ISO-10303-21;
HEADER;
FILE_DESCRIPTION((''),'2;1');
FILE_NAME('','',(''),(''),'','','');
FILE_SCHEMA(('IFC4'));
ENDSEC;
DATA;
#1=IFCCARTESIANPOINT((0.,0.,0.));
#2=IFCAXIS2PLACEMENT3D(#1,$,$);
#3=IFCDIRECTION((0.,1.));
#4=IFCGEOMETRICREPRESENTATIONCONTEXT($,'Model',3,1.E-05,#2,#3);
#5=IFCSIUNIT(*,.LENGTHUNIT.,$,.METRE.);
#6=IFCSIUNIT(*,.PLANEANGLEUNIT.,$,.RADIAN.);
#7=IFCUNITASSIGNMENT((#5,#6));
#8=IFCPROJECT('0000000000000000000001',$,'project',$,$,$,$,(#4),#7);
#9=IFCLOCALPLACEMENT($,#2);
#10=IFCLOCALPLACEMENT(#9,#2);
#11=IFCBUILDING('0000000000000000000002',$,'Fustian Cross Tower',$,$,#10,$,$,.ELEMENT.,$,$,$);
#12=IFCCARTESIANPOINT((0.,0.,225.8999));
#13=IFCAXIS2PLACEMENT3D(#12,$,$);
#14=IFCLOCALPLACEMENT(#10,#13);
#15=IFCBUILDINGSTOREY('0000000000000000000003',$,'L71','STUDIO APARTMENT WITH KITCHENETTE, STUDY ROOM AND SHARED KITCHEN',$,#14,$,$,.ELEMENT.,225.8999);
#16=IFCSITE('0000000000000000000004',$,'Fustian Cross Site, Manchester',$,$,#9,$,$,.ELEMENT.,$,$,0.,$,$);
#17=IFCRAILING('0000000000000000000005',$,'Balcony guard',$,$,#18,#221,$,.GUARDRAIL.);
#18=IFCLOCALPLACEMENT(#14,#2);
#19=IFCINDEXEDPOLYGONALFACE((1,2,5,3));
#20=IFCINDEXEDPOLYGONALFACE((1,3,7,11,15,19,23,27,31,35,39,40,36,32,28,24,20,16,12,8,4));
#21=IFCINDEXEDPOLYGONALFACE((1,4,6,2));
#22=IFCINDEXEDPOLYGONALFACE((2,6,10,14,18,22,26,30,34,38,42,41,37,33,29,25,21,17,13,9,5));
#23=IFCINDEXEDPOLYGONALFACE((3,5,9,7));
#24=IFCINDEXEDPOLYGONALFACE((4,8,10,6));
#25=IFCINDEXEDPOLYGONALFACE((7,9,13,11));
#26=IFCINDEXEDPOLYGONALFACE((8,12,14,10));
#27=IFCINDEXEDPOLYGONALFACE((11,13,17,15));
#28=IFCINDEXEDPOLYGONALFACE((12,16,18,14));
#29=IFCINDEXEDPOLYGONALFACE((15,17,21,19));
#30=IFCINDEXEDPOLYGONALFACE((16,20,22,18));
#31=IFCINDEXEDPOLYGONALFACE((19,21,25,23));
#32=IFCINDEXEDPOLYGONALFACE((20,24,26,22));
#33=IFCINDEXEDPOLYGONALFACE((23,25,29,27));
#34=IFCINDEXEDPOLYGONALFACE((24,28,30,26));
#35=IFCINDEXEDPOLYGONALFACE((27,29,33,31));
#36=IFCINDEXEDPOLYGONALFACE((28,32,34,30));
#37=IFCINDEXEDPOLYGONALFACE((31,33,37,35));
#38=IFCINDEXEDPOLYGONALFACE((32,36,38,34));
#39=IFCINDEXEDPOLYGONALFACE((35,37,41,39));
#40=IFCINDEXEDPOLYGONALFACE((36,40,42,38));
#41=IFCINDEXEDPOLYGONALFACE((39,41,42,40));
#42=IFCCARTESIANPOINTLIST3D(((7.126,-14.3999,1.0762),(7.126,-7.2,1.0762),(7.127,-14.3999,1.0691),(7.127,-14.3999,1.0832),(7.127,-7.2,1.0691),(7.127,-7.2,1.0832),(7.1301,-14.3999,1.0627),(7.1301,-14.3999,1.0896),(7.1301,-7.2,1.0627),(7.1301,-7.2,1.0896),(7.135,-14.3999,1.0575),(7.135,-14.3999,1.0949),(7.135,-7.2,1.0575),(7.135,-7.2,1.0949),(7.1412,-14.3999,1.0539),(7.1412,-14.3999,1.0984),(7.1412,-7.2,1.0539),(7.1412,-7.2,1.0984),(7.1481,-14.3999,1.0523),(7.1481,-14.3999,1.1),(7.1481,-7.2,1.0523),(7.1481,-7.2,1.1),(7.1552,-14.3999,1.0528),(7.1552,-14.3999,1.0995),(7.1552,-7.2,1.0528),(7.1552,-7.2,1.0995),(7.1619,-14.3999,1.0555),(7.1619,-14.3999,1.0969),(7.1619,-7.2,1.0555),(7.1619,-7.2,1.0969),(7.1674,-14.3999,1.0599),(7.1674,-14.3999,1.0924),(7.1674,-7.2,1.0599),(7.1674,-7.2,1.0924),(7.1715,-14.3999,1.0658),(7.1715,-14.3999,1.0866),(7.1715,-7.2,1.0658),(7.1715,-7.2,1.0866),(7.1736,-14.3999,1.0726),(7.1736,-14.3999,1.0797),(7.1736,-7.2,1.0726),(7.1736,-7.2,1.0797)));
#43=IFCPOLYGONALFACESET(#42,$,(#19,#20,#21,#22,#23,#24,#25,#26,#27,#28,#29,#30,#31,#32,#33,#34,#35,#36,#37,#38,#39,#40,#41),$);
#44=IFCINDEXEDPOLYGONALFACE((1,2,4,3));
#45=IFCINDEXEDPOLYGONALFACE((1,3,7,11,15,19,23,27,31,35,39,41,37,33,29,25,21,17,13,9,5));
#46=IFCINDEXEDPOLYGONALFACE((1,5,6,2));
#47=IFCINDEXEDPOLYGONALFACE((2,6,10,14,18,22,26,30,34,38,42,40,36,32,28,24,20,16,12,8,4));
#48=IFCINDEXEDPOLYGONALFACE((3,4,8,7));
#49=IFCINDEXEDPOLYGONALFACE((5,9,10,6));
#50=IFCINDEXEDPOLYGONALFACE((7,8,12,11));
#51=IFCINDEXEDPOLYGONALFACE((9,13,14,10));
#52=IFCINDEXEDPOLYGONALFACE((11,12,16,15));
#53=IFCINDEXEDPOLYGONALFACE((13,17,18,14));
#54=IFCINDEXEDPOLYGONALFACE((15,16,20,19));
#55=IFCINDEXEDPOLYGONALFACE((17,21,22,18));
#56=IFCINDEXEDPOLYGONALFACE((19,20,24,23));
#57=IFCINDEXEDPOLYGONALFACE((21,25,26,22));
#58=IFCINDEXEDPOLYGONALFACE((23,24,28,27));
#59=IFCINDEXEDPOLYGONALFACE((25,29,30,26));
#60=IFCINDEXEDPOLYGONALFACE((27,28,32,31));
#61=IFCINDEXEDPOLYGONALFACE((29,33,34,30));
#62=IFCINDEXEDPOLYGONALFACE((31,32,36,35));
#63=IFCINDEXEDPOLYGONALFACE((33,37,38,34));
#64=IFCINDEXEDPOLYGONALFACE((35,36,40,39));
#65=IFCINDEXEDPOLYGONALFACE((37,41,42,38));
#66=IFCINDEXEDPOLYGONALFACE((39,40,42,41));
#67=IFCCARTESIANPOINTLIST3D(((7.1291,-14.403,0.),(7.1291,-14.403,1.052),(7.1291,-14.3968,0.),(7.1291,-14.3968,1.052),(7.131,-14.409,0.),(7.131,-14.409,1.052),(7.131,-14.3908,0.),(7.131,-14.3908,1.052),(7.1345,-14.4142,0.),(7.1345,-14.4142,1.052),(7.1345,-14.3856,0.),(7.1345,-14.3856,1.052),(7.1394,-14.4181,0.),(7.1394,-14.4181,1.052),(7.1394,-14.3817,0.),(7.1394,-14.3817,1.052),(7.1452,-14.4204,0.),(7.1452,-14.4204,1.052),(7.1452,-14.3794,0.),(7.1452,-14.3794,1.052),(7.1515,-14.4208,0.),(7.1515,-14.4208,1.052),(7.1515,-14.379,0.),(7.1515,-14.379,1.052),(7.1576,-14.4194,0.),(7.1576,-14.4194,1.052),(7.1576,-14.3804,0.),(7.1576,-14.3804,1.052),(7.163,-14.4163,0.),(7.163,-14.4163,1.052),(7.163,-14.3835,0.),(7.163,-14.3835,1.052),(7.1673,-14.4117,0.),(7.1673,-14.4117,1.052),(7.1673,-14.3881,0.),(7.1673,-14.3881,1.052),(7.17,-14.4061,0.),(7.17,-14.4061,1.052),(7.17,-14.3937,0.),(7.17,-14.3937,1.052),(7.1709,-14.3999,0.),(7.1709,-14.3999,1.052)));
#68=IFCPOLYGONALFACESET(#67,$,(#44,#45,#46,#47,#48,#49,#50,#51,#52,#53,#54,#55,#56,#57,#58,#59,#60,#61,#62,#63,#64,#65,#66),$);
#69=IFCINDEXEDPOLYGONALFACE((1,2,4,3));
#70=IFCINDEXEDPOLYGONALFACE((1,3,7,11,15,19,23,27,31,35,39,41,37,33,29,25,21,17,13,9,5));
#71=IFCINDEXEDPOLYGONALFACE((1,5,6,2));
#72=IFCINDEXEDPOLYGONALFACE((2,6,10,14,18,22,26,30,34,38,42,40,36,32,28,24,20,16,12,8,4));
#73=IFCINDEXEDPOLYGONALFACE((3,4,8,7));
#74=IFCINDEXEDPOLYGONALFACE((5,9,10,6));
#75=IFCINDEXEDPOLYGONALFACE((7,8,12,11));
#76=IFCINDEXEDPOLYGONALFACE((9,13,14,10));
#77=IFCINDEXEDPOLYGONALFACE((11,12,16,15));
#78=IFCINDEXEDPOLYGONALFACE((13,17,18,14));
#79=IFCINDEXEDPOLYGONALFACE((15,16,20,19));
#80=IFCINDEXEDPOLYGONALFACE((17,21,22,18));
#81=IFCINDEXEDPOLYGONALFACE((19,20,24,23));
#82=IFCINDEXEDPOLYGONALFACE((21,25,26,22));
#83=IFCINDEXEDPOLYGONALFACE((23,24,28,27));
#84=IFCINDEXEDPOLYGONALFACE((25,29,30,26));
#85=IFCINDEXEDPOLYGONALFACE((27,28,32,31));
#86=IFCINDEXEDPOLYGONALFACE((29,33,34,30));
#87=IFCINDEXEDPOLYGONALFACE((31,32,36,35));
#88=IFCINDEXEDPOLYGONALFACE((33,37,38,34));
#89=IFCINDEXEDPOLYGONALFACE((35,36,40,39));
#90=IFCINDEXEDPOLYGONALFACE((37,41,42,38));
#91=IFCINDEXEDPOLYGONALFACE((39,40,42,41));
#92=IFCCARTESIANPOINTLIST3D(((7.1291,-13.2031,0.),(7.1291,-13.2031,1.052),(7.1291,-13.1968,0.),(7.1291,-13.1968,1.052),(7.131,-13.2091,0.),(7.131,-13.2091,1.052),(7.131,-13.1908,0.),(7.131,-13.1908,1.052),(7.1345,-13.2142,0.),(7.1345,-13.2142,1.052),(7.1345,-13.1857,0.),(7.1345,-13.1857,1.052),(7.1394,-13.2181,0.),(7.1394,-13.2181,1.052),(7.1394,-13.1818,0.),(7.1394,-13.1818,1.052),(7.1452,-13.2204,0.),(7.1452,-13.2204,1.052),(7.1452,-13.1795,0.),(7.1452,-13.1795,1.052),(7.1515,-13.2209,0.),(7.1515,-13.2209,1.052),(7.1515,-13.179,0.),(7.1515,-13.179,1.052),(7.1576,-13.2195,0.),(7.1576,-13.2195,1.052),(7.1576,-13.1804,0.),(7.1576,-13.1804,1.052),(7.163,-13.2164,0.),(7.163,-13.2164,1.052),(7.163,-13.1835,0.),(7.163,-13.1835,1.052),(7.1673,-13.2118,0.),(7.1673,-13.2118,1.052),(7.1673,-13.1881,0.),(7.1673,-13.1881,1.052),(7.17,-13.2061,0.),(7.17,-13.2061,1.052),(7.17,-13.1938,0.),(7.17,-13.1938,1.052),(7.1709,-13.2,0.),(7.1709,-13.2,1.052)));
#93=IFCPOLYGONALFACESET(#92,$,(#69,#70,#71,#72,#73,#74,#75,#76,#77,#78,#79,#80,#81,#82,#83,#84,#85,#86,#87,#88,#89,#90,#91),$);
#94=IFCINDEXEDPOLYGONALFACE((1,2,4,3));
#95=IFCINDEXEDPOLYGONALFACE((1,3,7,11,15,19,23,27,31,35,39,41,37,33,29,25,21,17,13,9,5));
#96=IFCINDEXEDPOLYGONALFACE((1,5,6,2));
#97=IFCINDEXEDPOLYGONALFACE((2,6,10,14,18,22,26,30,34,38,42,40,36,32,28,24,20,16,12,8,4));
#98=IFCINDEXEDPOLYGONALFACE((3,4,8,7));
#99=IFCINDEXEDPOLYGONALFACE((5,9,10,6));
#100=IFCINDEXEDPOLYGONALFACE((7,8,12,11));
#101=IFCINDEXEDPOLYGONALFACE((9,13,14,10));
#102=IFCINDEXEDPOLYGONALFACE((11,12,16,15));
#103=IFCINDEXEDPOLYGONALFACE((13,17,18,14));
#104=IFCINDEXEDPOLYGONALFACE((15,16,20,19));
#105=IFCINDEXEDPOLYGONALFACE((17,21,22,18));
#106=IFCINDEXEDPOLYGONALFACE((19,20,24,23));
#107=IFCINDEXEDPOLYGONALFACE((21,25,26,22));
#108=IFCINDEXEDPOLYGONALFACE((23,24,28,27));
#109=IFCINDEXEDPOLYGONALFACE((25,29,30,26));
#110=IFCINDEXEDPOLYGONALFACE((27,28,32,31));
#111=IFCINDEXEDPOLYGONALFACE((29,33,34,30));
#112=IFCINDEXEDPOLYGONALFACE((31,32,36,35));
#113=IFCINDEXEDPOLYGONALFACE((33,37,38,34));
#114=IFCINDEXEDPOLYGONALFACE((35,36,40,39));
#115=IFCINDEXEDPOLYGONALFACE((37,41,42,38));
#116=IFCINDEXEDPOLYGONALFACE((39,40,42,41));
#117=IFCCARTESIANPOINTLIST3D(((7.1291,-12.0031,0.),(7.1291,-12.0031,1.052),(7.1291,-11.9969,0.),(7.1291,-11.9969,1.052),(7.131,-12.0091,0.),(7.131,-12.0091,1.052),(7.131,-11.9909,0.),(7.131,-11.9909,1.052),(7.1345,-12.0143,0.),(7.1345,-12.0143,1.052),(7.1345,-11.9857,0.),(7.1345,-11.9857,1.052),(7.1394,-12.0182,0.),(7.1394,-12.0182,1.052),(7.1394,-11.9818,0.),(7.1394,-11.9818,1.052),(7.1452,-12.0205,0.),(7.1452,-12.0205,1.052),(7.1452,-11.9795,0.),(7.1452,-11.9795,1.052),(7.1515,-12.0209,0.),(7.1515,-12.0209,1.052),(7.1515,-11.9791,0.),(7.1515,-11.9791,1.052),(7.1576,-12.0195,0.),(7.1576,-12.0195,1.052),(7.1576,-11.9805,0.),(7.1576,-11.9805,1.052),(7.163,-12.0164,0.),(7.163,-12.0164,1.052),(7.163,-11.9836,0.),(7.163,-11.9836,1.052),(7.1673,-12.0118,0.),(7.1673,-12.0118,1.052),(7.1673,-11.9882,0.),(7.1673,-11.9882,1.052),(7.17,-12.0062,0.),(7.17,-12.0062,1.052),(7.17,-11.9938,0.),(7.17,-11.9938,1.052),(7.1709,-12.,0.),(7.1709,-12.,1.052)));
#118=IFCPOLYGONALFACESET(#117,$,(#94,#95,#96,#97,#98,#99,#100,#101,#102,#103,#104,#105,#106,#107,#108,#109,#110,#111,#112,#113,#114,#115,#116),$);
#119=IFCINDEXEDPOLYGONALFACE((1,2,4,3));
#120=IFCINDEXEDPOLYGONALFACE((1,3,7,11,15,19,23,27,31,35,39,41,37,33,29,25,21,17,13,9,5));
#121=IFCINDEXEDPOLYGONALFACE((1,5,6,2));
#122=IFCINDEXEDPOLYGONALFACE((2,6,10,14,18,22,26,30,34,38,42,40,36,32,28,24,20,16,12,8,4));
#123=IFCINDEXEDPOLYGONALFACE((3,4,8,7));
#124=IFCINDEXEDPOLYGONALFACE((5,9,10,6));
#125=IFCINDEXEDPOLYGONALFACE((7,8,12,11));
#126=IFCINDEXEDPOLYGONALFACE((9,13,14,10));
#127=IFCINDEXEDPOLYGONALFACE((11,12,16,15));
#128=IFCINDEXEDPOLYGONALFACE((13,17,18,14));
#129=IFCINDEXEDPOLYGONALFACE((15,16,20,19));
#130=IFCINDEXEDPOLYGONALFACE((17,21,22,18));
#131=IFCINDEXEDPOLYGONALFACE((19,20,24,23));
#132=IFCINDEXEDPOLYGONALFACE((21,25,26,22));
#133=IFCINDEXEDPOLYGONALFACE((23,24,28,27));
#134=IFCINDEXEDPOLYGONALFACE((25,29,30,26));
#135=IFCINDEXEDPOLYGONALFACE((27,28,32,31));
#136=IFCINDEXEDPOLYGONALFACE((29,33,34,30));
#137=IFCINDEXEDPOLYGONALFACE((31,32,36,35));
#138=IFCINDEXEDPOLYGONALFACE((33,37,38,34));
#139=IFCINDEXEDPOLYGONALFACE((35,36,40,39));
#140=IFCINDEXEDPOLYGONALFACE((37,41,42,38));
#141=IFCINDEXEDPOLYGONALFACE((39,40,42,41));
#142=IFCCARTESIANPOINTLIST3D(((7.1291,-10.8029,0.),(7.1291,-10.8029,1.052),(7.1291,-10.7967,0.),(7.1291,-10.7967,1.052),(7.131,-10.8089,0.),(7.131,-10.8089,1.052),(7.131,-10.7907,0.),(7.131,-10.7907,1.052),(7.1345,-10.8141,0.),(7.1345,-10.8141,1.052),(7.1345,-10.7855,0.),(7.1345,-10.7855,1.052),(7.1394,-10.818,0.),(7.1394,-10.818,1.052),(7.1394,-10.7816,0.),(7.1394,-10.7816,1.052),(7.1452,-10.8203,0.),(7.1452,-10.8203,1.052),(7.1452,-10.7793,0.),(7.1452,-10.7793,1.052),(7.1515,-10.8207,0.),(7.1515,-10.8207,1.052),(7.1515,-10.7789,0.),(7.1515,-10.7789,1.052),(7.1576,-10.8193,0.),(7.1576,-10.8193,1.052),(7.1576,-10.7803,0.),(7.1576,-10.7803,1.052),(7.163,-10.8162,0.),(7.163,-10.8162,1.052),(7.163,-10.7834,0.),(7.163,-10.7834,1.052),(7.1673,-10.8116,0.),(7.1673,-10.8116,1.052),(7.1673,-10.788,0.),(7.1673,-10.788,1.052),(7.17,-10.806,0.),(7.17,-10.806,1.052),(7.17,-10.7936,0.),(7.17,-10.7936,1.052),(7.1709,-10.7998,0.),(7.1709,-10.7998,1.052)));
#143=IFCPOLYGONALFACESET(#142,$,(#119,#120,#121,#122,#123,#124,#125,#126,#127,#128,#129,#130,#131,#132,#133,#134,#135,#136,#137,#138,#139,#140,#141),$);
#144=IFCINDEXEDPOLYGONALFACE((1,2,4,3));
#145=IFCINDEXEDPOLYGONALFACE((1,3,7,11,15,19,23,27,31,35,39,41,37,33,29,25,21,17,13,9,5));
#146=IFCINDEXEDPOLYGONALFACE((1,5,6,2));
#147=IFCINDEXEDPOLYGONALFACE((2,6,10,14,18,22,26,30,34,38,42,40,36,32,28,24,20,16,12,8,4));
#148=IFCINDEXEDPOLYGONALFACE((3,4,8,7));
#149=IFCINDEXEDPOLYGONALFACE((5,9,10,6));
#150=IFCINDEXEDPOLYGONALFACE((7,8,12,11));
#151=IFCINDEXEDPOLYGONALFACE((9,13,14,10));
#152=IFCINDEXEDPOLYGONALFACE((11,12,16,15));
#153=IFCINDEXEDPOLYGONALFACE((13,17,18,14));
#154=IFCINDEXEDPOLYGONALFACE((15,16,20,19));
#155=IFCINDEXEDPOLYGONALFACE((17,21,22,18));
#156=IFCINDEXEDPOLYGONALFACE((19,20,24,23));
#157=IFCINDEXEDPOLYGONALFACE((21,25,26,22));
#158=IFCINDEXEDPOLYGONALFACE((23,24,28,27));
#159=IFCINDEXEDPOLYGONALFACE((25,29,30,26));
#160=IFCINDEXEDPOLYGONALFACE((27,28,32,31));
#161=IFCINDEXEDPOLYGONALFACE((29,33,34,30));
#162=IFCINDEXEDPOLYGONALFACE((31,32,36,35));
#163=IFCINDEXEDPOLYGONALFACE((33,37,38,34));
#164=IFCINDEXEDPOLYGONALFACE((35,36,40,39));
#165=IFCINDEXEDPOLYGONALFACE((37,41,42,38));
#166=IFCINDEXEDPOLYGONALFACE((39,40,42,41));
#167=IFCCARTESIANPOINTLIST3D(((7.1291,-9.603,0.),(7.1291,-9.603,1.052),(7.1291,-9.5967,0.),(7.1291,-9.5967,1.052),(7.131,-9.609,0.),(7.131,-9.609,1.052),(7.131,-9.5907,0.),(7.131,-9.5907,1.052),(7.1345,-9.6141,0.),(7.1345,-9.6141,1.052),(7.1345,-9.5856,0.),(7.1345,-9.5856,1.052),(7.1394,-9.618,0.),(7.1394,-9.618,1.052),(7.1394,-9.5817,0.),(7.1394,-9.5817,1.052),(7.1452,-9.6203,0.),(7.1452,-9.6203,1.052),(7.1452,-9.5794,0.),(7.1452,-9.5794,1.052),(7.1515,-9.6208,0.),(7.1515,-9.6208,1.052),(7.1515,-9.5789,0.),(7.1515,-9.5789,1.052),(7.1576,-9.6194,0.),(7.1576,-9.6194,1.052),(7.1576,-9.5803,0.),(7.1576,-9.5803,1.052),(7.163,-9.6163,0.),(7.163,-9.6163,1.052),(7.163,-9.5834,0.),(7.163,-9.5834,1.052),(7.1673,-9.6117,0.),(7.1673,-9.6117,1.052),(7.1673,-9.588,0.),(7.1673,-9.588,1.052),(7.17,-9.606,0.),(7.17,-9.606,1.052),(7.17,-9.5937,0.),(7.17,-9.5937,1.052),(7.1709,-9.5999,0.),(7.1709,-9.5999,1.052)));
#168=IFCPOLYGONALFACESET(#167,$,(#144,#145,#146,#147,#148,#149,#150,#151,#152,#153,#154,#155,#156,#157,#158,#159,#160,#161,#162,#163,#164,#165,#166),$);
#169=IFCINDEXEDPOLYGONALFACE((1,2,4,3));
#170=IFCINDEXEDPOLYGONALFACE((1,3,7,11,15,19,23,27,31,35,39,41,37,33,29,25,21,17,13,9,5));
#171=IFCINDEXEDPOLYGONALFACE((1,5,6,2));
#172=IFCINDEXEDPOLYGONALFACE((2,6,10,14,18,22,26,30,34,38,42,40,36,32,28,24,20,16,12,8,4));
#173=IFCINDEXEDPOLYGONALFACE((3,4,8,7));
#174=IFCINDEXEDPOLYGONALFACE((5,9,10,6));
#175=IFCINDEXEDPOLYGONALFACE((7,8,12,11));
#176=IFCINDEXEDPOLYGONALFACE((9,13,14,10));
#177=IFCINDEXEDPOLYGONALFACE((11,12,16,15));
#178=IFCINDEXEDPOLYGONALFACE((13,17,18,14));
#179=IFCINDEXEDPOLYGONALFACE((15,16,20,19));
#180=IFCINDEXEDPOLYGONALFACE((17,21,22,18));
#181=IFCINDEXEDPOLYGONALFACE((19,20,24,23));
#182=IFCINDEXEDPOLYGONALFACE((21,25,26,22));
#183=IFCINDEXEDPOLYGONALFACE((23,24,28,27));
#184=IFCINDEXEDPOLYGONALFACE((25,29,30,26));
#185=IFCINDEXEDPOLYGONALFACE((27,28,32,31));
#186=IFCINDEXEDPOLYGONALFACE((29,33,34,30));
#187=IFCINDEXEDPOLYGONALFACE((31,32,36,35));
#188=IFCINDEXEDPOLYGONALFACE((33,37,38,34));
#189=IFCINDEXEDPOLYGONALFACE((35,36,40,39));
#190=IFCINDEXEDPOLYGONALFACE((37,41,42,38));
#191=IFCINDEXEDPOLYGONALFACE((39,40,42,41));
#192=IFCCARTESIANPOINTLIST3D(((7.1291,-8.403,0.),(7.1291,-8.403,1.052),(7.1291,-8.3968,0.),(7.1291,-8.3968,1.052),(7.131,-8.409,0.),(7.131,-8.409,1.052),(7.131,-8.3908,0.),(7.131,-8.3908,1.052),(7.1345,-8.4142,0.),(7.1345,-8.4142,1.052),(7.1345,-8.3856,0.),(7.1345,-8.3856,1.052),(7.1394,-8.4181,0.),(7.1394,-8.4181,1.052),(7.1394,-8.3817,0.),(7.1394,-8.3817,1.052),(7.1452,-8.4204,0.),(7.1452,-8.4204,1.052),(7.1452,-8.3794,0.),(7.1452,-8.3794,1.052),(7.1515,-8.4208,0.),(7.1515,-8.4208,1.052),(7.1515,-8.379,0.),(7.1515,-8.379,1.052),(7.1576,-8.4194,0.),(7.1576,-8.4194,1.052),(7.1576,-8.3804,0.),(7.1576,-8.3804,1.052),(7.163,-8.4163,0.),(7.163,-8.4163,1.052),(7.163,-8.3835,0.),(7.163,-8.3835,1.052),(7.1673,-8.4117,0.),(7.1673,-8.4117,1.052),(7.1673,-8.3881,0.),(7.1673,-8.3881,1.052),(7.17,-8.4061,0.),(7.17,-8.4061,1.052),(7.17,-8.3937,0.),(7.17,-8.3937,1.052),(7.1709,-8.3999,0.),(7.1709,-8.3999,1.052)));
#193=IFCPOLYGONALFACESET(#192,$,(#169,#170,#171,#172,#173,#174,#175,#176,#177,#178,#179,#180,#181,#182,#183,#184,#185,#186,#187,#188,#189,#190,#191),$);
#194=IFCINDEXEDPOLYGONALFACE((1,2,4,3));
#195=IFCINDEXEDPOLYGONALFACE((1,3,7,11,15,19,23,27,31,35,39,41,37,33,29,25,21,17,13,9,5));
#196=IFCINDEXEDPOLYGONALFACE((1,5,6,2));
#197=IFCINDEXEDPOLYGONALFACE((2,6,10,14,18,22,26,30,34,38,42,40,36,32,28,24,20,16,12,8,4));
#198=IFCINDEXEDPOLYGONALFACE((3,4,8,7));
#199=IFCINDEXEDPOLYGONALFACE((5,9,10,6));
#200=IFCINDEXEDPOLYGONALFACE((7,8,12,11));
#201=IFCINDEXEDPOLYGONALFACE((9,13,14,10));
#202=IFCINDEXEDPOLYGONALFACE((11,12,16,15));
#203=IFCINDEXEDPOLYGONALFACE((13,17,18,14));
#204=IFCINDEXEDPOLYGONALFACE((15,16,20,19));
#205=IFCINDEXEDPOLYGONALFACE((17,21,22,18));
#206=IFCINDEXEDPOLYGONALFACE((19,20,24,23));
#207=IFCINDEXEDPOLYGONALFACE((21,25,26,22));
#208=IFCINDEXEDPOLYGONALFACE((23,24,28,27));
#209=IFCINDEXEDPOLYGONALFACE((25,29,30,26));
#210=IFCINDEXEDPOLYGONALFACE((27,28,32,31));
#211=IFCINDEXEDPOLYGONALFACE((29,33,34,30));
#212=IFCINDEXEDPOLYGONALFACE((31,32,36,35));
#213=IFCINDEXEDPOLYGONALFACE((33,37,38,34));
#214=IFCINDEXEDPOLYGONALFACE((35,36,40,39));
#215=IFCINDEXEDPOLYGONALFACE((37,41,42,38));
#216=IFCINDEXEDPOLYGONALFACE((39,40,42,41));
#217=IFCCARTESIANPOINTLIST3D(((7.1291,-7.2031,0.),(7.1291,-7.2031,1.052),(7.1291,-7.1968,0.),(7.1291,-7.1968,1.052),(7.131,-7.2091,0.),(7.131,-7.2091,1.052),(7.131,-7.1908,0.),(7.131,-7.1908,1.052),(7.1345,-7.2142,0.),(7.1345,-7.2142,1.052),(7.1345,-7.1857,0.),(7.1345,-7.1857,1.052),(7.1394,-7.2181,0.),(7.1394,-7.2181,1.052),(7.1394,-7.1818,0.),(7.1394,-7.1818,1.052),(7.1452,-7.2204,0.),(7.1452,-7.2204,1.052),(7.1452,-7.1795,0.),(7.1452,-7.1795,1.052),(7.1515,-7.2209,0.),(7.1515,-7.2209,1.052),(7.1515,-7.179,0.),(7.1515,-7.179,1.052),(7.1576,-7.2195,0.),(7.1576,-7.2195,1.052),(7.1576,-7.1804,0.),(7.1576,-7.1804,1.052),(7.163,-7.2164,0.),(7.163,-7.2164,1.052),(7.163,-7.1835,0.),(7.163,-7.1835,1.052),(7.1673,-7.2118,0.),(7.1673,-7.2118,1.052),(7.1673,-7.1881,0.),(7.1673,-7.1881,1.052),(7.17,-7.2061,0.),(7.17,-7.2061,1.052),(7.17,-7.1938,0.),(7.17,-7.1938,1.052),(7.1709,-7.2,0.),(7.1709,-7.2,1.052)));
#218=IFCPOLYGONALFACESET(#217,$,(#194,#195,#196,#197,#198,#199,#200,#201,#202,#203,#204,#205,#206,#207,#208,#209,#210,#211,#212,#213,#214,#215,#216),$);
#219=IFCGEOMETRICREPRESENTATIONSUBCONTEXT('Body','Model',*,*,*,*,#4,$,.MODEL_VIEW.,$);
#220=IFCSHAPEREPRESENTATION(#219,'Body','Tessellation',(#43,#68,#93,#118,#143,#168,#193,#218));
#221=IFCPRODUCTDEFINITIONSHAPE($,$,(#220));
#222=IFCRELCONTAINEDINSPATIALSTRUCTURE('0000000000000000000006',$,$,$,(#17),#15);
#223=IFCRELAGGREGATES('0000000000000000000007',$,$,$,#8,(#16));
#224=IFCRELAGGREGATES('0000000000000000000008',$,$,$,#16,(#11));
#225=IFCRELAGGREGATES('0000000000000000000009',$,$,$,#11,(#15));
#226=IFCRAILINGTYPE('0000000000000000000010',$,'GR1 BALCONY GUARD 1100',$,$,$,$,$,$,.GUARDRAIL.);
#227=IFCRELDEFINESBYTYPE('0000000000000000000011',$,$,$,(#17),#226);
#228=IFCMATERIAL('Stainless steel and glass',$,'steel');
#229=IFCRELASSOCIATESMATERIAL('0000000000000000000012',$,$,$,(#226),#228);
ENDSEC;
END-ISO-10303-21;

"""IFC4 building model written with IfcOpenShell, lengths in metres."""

from ifc_helpers import new_model, si_unit, direction, frame, origin, origin_2d, place, context, subcontext, project, spatial, circle, extrude, material, type_object, element, save


model = new_model("IFC4")

# Units and contexts
model_context = context("Model", 3, precision=1e-05, world=origin(), true_north=direction((0.0, 1.0)))
body_context = subcontext(model_context, "Body", "Model", "MODEL_VIEW")
ifc_project = project(units=[si_unit("LENGTHUNIT", "METRE"), si_unit("PLANEANGLEUNIT", "RADIAN")], contexts=[model_context])

# Site, building, storey
site_placement = place(None, origin())
site = spatial("IfcSite", under=ifc_project, at=site_placement, Name="Fustian Cross Site, Manchester", CompositionType="ELEMENT", RefElevation=0.0)
building_placement = place(site_placement, origin())
building = spatial("IfcBuilding", under=site, at=building_placement, Name="Fustian Cross Tower", CompositionType="ELEMENT")
storey_placement = place(building_placement, frame((0.0, 0.0, 225.8999)))
storey = spatial("IfcBuildingStorey", under=building, at=storey_placement, Name="L71", Description="STUDIO APARTMENT WITH KITCHENETTE, STUDY ROOM AND SHARED KITCHEN", CompositionType="ELEMENT", Elevation=225.8999)

# Railing
ifc_material_1 = material(Name="Stainless steel and glass", Category="steel")
railing_type_1 = type_object("IfcRailingType", Name="GR1 BALCONY GUARD 1100", PredefinedType="GUARDRAIL", material=ifc_material_1)
railing_1_placement = place(storey_placement, frame((7.1499, -14.3999, 0.0)))
element("IfcRailing", 1, at=railing_1_placement, inside=storey, type_object=railing_type_1, Name="Balcony guard", PredefinedType="GUARDRAIL", context=body_context, shape_type="SweptSolid", body=[
    extrude(circle(Radius=0.0239, at=origin_2d()), frame((0.0, 0.0, 1.0762), z_axis=(0.0, 1.0, 0.0), x_axis=(-1.0, 0.0, 0.0)), (0.0, 0.0, 1.0), 7.2),
    extrude(circle(Radius=0.021, at=origin_2d()), origin(), (0.0, 0.0, 1.0), 1.052),
    extrude(circle(Radius=0.021, at=origin_2d()), frame((0.0, 1.2, 0.0)), (0.0, 0.0, 1.0), 1.052),
    extrude(circle(Radius=0.021, at=origin_2d()), frame((0.0, 2.3999, 0.0)), (0.0, 0.0, 1.0), 1.052),
    extrude(circle(Radius=0.021, at=origin_2d()), frame((0.0, 3.6001, 0.0)), (0.0, 0.0, 1.0), 1.052),
    extrude(circle(Radius=0.021, at=origin_2d()), frame((0.0, 4.8, 0.0)), (0.0, 0.0, 1.0), 1.052),
    extrude(circle(Radius=0.021, at=origin_2d()), frame((0.0, 6.0, 0.0)), (0.0, 0.0, 1.0), 1.052),
    extrude(circle(Radius=0.021, at=origin_2d()), frame((0.0, 7.2, 0.0)), (0.0, 0.0, 1.0), 1.052),
])

save(model, "model.ifc")
